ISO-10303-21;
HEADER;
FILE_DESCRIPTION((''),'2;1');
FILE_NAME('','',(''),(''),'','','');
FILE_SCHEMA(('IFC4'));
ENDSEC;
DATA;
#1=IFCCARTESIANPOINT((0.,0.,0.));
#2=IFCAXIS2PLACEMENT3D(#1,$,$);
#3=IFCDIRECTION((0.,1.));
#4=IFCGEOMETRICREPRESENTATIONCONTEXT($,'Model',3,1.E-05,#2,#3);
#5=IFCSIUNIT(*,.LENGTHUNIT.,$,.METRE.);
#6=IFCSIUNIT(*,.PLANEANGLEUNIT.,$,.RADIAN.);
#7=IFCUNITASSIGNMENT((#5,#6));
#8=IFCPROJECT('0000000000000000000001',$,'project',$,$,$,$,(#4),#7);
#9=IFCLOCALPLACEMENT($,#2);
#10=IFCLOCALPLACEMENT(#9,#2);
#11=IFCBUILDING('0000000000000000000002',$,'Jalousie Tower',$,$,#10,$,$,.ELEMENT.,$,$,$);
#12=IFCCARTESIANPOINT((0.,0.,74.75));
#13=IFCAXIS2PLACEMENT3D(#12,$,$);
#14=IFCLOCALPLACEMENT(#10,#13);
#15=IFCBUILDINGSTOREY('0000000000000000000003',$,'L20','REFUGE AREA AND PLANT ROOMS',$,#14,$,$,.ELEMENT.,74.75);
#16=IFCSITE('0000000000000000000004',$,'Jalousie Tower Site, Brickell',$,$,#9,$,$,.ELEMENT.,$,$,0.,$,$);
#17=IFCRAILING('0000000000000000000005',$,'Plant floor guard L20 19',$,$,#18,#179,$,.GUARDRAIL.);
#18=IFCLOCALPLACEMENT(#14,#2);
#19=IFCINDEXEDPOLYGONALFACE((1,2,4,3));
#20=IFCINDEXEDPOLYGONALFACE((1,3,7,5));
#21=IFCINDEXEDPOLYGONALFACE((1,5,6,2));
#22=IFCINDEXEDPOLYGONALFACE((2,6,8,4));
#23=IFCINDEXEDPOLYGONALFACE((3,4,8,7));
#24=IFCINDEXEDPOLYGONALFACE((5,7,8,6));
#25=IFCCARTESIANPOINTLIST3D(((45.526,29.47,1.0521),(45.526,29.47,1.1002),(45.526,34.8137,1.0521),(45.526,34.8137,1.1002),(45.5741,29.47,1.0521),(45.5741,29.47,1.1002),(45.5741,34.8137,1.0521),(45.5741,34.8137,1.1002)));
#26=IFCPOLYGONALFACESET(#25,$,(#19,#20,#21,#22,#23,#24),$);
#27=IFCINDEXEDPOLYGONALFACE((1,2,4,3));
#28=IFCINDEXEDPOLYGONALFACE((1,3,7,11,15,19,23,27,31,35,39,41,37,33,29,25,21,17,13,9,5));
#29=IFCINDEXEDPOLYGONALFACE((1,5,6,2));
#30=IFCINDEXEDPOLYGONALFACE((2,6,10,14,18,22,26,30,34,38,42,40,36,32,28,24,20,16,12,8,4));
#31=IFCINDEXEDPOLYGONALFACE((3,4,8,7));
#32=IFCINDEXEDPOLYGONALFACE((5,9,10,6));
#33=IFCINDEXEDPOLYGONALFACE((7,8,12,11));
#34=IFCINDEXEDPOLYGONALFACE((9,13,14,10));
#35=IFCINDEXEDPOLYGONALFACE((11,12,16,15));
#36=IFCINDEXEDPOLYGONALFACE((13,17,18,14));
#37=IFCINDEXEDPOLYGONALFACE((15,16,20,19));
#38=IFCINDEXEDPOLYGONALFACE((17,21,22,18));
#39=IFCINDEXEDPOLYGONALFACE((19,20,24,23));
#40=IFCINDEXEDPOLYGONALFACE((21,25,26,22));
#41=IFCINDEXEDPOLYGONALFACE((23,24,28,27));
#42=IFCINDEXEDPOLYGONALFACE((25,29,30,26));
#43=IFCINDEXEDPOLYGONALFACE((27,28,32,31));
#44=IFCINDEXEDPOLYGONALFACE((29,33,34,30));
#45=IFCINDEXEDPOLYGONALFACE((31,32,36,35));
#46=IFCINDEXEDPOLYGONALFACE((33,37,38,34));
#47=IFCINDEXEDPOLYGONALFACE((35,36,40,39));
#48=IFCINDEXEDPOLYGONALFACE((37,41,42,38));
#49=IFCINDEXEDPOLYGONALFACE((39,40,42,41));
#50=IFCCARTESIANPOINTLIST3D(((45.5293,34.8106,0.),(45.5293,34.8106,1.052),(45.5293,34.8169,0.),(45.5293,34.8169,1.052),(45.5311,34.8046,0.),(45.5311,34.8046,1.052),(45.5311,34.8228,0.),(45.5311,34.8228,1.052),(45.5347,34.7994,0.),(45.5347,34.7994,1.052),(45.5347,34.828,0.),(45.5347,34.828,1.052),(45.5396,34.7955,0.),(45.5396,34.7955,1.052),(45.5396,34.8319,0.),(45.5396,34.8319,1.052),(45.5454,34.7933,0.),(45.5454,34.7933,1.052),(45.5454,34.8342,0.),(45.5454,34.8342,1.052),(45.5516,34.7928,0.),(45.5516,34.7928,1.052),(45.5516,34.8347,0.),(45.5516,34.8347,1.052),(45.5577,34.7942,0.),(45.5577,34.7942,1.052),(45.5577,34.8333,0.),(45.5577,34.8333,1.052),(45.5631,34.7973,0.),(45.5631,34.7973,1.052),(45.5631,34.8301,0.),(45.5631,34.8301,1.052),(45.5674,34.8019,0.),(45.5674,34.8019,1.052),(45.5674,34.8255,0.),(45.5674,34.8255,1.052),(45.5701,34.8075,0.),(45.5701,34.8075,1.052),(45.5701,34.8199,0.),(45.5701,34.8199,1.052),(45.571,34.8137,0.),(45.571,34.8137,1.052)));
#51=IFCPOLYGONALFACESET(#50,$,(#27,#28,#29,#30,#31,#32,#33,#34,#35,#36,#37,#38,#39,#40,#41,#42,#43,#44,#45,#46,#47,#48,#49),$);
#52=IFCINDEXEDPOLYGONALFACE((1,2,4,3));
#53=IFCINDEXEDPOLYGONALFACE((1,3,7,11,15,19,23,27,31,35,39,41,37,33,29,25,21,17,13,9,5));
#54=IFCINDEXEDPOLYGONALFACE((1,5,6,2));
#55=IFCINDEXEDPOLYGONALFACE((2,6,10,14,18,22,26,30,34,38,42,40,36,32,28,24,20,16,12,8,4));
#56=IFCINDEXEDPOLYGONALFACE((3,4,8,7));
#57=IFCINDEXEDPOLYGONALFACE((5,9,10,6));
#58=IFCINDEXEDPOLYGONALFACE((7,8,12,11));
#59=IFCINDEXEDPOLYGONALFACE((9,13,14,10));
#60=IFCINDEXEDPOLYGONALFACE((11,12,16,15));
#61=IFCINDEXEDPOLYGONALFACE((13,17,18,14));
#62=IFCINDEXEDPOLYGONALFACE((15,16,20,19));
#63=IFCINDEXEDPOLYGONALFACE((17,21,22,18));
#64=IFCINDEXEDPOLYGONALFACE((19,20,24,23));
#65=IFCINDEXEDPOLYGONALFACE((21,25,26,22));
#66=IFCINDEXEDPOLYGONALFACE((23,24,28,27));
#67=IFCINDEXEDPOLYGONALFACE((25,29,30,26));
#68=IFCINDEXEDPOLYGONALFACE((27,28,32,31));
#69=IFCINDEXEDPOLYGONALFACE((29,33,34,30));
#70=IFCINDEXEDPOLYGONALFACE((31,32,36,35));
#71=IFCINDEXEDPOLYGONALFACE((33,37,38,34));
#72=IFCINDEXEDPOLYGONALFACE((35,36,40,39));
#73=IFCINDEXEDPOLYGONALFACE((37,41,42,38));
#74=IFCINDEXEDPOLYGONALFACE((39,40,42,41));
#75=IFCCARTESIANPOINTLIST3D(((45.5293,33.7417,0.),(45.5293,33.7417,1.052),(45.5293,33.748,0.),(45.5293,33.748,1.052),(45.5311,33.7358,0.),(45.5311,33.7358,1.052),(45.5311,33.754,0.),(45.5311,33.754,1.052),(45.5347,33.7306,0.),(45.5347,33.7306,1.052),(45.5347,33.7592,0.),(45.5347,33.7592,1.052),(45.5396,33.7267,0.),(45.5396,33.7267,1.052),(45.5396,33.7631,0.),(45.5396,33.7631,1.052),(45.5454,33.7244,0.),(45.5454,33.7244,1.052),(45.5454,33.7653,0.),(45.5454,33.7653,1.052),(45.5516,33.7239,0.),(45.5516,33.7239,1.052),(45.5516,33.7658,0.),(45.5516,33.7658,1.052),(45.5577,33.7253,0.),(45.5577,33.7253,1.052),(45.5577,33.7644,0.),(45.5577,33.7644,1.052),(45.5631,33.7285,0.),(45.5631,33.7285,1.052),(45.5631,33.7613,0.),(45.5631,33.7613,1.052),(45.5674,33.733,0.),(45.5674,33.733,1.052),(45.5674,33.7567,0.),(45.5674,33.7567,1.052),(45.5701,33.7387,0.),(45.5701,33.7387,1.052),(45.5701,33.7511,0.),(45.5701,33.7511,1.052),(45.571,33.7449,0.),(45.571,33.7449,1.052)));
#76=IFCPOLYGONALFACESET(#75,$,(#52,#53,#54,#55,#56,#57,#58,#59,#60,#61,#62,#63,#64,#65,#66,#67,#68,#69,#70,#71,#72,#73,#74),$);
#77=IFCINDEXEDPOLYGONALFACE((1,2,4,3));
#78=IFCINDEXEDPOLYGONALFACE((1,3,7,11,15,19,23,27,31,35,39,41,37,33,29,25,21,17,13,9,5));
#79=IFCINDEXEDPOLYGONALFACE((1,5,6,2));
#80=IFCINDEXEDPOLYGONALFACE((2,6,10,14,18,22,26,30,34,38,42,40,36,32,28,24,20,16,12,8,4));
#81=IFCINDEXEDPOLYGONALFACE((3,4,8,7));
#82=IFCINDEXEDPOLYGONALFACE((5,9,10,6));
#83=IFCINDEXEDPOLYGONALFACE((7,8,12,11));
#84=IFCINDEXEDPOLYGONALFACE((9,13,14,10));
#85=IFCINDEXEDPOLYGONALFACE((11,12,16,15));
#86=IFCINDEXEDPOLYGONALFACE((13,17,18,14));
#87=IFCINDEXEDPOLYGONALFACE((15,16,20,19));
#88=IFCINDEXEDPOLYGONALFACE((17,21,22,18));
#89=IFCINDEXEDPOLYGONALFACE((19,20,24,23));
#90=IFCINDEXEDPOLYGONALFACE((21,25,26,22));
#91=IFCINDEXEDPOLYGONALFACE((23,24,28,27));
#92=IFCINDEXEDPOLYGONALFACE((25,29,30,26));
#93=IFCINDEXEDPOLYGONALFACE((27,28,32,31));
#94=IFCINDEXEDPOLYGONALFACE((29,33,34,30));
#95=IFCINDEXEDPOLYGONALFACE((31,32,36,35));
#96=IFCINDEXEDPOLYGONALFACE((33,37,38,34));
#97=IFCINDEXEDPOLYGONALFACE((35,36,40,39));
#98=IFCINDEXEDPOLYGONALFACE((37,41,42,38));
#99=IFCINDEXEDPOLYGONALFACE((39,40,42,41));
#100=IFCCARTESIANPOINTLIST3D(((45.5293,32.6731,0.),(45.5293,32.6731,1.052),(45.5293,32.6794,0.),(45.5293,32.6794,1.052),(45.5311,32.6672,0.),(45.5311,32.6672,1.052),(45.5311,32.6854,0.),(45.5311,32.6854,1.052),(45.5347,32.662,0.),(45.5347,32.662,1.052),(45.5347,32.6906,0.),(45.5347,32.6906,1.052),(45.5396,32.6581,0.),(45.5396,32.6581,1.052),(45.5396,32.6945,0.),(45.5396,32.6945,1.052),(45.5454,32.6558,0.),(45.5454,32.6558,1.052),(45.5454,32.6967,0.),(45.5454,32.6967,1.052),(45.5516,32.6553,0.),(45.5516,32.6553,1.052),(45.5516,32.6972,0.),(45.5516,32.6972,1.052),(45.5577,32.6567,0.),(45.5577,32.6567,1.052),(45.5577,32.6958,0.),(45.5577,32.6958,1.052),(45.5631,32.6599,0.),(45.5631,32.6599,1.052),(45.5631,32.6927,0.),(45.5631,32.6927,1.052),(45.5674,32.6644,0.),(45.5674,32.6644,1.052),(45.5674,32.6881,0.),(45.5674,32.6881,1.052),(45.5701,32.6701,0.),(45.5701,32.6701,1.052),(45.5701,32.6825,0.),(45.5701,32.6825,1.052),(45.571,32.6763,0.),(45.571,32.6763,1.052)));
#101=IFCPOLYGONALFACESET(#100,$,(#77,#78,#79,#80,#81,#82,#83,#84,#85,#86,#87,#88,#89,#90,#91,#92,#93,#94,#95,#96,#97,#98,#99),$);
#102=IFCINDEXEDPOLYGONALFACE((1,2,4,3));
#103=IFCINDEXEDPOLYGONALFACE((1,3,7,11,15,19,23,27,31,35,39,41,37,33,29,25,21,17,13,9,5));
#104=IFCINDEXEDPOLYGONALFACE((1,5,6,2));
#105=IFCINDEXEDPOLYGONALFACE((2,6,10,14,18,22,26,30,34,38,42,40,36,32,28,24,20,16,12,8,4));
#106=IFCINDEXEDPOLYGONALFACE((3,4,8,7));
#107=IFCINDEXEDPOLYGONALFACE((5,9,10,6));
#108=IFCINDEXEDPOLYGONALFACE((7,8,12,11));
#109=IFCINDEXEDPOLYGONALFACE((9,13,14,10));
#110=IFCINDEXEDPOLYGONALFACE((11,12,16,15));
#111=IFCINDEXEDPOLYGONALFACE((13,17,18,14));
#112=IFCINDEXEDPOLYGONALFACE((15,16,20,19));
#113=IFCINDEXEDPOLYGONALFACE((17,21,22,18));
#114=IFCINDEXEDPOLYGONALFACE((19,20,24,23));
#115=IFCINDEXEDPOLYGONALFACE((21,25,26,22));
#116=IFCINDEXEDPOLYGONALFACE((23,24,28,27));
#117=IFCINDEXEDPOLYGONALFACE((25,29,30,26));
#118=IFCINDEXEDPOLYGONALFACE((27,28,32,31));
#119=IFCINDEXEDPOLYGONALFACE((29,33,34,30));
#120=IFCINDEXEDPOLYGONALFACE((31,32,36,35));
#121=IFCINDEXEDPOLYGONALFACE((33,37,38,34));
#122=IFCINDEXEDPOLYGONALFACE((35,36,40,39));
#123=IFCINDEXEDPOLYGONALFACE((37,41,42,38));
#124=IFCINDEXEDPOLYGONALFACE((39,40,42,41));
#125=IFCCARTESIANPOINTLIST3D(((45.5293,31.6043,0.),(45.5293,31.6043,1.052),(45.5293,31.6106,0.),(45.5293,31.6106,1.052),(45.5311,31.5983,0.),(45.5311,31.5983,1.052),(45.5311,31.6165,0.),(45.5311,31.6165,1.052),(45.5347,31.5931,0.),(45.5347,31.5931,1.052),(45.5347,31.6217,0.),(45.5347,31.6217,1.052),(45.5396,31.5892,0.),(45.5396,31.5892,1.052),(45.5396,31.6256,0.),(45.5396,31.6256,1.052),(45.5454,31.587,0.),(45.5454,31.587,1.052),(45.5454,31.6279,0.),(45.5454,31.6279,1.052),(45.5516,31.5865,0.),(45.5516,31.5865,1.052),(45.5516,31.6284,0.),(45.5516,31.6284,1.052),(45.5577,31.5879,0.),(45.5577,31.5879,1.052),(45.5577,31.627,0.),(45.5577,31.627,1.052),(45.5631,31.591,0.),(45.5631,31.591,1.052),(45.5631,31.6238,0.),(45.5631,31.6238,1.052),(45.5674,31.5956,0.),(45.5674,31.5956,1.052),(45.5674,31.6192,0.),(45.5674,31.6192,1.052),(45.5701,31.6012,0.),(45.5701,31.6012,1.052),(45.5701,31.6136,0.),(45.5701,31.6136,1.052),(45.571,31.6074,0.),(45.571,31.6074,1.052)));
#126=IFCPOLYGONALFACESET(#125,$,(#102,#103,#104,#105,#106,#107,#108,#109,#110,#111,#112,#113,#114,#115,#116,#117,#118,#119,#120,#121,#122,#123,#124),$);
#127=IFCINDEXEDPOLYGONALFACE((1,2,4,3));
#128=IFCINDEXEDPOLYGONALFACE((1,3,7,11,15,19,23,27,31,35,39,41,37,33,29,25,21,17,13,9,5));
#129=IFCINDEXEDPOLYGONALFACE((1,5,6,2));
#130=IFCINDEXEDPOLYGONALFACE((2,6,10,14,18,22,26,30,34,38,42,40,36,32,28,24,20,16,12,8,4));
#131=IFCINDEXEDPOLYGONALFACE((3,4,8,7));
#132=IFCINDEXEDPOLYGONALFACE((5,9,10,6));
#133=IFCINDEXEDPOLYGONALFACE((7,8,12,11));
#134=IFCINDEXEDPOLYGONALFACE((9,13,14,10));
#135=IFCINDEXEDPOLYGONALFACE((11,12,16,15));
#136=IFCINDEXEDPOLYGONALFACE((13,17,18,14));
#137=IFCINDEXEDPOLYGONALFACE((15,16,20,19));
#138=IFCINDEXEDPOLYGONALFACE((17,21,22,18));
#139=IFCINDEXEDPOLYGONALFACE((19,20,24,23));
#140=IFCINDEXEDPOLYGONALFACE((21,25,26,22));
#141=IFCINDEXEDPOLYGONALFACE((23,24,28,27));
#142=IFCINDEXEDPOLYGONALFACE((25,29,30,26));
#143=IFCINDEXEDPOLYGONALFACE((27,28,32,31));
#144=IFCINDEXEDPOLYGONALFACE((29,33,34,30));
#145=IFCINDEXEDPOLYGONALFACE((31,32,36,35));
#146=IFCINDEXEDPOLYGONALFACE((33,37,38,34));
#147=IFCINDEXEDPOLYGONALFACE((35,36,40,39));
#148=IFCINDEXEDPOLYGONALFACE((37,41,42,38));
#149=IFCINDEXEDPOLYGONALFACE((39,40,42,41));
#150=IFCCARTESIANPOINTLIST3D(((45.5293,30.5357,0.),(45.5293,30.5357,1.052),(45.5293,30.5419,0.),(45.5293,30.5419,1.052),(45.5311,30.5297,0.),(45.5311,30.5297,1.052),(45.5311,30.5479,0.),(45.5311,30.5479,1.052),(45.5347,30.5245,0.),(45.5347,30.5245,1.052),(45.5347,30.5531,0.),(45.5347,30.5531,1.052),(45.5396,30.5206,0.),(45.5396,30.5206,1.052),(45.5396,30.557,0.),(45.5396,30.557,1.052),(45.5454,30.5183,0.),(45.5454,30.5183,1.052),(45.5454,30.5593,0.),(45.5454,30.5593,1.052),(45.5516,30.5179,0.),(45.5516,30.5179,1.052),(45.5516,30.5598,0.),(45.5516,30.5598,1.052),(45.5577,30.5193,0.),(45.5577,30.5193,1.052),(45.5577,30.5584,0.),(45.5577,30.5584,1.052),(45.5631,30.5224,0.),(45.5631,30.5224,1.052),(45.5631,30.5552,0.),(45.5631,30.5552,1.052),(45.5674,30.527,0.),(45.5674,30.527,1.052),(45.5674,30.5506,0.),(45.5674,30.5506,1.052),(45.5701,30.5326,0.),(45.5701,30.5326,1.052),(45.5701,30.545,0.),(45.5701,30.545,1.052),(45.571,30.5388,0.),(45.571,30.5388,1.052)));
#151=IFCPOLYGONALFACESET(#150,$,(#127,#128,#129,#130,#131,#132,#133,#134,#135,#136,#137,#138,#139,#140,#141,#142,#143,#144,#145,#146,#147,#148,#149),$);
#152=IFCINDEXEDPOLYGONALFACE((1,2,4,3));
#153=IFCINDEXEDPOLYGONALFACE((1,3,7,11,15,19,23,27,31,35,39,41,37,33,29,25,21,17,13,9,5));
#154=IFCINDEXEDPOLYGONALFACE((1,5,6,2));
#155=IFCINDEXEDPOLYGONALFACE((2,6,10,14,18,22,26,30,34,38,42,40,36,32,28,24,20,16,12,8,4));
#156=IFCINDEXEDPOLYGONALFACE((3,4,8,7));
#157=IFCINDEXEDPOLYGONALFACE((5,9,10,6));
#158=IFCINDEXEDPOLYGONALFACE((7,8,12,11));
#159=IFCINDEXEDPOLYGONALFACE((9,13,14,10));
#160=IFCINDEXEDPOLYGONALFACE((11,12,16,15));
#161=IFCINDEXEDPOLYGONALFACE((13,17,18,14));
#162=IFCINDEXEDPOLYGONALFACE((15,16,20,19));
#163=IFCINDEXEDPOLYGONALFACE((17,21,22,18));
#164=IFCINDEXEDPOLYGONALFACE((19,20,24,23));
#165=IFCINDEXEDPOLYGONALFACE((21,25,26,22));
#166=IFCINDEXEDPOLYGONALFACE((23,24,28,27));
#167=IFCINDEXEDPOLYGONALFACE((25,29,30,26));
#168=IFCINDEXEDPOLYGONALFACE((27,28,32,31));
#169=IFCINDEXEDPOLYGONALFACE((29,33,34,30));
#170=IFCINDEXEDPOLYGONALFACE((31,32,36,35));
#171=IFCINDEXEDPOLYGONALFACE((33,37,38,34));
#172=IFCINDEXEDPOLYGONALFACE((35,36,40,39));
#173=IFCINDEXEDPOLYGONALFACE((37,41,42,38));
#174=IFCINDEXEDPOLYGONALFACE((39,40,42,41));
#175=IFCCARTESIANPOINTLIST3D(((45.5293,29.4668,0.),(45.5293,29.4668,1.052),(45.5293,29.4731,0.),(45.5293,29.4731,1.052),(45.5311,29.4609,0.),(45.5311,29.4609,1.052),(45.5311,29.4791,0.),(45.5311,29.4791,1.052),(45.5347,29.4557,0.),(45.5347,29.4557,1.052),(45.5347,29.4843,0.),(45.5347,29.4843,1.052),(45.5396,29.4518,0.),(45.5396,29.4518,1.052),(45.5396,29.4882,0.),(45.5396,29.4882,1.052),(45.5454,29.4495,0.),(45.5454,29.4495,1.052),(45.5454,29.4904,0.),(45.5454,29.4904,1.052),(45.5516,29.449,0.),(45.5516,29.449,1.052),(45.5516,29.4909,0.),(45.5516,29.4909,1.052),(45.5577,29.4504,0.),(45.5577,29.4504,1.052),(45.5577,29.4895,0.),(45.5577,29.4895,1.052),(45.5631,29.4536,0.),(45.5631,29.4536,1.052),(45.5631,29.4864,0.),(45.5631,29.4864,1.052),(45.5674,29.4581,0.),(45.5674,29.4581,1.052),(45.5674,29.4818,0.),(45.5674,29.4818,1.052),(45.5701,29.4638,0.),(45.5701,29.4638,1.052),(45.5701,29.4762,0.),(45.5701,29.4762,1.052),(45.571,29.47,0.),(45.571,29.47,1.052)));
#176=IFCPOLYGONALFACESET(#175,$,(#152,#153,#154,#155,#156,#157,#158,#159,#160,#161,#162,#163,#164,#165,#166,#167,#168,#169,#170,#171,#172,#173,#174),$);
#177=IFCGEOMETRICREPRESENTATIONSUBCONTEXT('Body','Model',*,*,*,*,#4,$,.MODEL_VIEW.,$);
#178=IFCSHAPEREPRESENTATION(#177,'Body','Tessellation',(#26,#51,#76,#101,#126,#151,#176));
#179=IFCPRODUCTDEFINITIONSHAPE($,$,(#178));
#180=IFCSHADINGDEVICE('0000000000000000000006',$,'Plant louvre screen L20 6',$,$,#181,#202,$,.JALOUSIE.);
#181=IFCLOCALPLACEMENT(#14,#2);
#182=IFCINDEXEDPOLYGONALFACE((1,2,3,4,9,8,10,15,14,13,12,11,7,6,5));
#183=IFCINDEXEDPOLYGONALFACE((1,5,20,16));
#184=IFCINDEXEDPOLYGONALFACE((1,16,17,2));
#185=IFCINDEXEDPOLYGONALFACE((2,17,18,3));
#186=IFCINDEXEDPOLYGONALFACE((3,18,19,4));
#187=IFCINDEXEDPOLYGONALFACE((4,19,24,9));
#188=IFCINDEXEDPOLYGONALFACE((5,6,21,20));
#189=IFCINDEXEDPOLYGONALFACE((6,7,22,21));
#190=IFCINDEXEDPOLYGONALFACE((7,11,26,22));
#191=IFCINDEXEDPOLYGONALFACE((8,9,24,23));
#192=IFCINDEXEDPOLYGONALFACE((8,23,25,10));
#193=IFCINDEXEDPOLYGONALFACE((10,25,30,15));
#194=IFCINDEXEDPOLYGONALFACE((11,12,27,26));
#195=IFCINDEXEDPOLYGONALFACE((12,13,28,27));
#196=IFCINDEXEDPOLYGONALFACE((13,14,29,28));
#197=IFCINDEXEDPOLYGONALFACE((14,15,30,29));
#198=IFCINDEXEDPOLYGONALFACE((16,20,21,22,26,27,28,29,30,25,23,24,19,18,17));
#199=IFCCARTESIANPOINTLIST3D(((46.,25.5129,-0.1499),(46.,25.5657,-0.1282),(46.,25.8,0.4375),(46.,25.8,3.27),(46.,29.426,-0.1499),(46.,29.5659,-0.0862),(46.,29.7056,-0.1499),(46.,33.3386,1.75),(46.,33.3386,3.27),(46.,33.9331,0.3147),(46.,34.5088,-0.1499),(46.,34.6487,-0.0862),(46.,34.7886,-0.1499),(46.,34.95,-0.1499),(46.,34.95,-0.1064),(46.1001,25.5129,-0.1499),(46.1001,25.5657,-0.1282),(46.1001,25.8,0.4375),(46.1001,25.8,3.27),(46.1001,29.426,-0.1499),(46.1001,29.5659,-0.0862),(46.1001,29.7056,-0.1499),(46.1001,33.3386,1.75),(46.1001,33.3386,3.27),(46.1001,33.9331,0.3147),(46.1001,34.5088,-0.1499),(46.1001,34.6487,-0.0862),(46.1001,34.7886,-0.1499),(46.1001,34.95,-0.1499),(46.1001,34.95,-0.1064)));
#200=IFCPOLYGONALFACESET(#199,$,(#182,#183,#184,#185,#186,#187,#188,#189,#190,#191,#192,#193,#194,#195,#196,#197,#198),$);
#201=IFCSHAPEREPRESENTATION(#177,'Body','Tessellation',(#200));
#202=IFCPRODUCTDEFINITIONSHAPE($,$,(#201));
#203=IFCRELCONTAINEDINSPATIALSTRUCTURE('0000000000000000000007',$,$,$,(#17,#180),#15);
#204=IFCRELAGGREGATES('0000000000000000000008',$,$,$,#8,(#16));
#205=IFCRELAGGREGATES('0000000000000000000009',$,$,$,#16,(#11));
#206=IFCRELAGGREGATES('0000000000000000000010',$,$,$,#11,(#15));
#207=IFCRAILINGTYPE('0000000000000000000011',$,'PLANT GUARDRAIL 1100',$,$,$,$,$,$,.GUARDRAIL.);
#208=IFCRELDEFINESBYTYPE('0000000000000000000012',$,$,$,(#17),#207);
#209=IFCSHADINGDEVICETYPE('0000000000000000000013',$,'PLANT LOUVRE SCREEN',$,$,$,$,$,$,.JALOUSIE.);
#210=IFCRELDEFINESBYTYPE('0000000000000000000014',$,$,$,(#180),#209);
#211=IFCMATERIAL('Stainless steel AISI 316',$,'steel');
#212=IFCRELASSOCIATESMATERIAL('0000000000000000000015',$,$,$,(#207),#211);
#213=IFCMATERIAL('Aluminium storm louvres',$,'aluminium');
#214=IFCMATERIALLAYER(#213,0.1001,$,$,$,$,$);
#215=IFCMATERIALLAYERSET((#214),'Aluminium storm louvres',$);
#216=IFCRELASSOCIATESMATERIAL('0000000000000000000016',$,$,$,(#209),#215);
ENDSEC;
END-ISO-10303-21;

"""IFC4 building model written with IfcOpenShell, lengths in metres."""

from ifc_helpers import new_model, si_unit, direction, frame, origin, origin_2d, place, context, subcontext, project, spatial, polyline, rectangle, circle, outline, extrude, material, layer, layer_set, type_object, element, save


model = new_model("IFC4")

# Units and contexts
model_context = context("Model", 3, precision=1e-05, world=origin(), true_north=direction((0.0, 1.0)))
body_context = subcontext(model_context, "Body", "Model", "MODEL_VIEW")
ifc_project = project(units=[si_unit("LENGTHUNIT", "METRE"), si_unit("PLANEANGLEUNIT", "RADIAN")], contexts=[model_context])

# Site, building, storey
site_placement = place(None, origin())
site = spatial("IfcSite", under=ifc_project, at=site_placement, Name="Jalousie Tower Site, Brickell", CompositionType="ELEMENT", RefElevation=0.0)
building_placement = place(site_placement, origin())
building = spatial("IfcBuilding", under=site, at=building_placement, Name="Jalousie Tower", CompositionType="ELEMENT")
storey_placement = place(building_placement, frame((0.0, 0.0, 74.75)))
storey = spatial("IfcBuildingStorey", under=building, at=storey_placement, Name="L20", Description="REFUGE AREA AND PLANT ROOMS", CompositionType="ELEMENT", Elevation=74.75)

# Railing
ifc_material_1 = material(Name="Stainless steel AISI 316", Category="steel")
railing_type_1 = type_object("IfcRailingType", Name="PLANT GUARDRAIL 1100", PredefinedType="GUARDRAIL", material=ifc_material_1)
railing_1_placement = place(storey_placement, frame((45.55, 34.8137, 0.0)))
element("IfcRailing", 1, at=railing_1_placement, inside=storey, type_object=railing_type_1, Name="Plant floor guard L20 19", PredefinedType="GUARDRAIL", context=body_context, shape_type="SweptSolid", body=[
    extrude(rectangle(XDim=0.0481, YDim=0.0481, at=origin_2d()), frame((0.0, 0.0, 1.0762), z_axis=(0.0, -1.0, 0.0), x_axis=(1.0, 0.0, 0.0)), (0.0, 0.0, 1.0), 5.3438),
    extrude(circle(Radius=0.021, at=origin_2d()), origin(), (0.0, 0.0, 1.0), 1.052),
    extrude(circle(Radius=0.021, at=origin_2d()), frame((0.0, -1.0688, 0.0)), (0.0, 0.0, 1.0), 1.052),
    extrude(circle(Radius=0.021, at=origin_2d()), frame((0.0, -2.1375, 0.0)), (0.0, 0.0, 1.0), 1.052),
    extrude(circle(Radius=0.021, at=origin_2d()), frame((0.0, -3.2063, 0.0)), (0.0, 0.0, 1.0), 1.052),
    extrude(circle(Radius=0.021, at=origin_2d()), frame((0.0, -4.2749, 0.0)), (0.0, 0.0, 1.0), 1.052),
    extrude(circle(Radius=0.021, at=origin_2d()), frame((0.0, -5.3438, 0.0)), (0.0, 0.0, 1.0), 1.052),
])

# Shading device
ifc_material_2 = material(Name="Aluminium storm louvres", Category="aluminium")
ifc_layer_1 = layer(ifc_material_2, 0.1001)
ifc_layer_set_1 = layer_set([ifc_layer_1], Name="Aluminium storm louvres")
shading_device_type = type_object("IfcShadingDeviceType", Name="PLANT LOUVRE SCREEN", PredefinedType="JALOUSIE", material=ifc_layer_set_1)
shading_device_1_placement = place(storey_placement, frame((46.1001, 34.95, -0.1499), z_axis=(1.0, 0.0, 0.0), x_axis=(0.0, 0.0, 1.0)))
element("IfcShadingDevice", 2, at=shading_device_1_placement, inside=storey, type_object=shading_device_type, Name="Plant louvre screen L20 6", PredefinedType="JALOUSIE", context=body_context, shape_type="SweptSolid", body=[
    extrude(outline(polyline([(0.0, 0.0), (0.0435, 0.0), (0.4646, 1.0168), (1.8999, 1.6113), (3.4199, 1.6113), (3.4199, 9.1499), (0.5874, 9.1499), (0.0217, 9.3843), (0.0, 9.437), (0.0, 5.5239), (0.0637, 5.384), (0.0, 5.2444), (0.0, 0.4412), (0.0637, 0.3013), (0.0, 0.1614), (0.0, 0.0)])), origin(), (0.0, 0.0, -1.0), 0.1001),
])

save(model, "model.ifc")
